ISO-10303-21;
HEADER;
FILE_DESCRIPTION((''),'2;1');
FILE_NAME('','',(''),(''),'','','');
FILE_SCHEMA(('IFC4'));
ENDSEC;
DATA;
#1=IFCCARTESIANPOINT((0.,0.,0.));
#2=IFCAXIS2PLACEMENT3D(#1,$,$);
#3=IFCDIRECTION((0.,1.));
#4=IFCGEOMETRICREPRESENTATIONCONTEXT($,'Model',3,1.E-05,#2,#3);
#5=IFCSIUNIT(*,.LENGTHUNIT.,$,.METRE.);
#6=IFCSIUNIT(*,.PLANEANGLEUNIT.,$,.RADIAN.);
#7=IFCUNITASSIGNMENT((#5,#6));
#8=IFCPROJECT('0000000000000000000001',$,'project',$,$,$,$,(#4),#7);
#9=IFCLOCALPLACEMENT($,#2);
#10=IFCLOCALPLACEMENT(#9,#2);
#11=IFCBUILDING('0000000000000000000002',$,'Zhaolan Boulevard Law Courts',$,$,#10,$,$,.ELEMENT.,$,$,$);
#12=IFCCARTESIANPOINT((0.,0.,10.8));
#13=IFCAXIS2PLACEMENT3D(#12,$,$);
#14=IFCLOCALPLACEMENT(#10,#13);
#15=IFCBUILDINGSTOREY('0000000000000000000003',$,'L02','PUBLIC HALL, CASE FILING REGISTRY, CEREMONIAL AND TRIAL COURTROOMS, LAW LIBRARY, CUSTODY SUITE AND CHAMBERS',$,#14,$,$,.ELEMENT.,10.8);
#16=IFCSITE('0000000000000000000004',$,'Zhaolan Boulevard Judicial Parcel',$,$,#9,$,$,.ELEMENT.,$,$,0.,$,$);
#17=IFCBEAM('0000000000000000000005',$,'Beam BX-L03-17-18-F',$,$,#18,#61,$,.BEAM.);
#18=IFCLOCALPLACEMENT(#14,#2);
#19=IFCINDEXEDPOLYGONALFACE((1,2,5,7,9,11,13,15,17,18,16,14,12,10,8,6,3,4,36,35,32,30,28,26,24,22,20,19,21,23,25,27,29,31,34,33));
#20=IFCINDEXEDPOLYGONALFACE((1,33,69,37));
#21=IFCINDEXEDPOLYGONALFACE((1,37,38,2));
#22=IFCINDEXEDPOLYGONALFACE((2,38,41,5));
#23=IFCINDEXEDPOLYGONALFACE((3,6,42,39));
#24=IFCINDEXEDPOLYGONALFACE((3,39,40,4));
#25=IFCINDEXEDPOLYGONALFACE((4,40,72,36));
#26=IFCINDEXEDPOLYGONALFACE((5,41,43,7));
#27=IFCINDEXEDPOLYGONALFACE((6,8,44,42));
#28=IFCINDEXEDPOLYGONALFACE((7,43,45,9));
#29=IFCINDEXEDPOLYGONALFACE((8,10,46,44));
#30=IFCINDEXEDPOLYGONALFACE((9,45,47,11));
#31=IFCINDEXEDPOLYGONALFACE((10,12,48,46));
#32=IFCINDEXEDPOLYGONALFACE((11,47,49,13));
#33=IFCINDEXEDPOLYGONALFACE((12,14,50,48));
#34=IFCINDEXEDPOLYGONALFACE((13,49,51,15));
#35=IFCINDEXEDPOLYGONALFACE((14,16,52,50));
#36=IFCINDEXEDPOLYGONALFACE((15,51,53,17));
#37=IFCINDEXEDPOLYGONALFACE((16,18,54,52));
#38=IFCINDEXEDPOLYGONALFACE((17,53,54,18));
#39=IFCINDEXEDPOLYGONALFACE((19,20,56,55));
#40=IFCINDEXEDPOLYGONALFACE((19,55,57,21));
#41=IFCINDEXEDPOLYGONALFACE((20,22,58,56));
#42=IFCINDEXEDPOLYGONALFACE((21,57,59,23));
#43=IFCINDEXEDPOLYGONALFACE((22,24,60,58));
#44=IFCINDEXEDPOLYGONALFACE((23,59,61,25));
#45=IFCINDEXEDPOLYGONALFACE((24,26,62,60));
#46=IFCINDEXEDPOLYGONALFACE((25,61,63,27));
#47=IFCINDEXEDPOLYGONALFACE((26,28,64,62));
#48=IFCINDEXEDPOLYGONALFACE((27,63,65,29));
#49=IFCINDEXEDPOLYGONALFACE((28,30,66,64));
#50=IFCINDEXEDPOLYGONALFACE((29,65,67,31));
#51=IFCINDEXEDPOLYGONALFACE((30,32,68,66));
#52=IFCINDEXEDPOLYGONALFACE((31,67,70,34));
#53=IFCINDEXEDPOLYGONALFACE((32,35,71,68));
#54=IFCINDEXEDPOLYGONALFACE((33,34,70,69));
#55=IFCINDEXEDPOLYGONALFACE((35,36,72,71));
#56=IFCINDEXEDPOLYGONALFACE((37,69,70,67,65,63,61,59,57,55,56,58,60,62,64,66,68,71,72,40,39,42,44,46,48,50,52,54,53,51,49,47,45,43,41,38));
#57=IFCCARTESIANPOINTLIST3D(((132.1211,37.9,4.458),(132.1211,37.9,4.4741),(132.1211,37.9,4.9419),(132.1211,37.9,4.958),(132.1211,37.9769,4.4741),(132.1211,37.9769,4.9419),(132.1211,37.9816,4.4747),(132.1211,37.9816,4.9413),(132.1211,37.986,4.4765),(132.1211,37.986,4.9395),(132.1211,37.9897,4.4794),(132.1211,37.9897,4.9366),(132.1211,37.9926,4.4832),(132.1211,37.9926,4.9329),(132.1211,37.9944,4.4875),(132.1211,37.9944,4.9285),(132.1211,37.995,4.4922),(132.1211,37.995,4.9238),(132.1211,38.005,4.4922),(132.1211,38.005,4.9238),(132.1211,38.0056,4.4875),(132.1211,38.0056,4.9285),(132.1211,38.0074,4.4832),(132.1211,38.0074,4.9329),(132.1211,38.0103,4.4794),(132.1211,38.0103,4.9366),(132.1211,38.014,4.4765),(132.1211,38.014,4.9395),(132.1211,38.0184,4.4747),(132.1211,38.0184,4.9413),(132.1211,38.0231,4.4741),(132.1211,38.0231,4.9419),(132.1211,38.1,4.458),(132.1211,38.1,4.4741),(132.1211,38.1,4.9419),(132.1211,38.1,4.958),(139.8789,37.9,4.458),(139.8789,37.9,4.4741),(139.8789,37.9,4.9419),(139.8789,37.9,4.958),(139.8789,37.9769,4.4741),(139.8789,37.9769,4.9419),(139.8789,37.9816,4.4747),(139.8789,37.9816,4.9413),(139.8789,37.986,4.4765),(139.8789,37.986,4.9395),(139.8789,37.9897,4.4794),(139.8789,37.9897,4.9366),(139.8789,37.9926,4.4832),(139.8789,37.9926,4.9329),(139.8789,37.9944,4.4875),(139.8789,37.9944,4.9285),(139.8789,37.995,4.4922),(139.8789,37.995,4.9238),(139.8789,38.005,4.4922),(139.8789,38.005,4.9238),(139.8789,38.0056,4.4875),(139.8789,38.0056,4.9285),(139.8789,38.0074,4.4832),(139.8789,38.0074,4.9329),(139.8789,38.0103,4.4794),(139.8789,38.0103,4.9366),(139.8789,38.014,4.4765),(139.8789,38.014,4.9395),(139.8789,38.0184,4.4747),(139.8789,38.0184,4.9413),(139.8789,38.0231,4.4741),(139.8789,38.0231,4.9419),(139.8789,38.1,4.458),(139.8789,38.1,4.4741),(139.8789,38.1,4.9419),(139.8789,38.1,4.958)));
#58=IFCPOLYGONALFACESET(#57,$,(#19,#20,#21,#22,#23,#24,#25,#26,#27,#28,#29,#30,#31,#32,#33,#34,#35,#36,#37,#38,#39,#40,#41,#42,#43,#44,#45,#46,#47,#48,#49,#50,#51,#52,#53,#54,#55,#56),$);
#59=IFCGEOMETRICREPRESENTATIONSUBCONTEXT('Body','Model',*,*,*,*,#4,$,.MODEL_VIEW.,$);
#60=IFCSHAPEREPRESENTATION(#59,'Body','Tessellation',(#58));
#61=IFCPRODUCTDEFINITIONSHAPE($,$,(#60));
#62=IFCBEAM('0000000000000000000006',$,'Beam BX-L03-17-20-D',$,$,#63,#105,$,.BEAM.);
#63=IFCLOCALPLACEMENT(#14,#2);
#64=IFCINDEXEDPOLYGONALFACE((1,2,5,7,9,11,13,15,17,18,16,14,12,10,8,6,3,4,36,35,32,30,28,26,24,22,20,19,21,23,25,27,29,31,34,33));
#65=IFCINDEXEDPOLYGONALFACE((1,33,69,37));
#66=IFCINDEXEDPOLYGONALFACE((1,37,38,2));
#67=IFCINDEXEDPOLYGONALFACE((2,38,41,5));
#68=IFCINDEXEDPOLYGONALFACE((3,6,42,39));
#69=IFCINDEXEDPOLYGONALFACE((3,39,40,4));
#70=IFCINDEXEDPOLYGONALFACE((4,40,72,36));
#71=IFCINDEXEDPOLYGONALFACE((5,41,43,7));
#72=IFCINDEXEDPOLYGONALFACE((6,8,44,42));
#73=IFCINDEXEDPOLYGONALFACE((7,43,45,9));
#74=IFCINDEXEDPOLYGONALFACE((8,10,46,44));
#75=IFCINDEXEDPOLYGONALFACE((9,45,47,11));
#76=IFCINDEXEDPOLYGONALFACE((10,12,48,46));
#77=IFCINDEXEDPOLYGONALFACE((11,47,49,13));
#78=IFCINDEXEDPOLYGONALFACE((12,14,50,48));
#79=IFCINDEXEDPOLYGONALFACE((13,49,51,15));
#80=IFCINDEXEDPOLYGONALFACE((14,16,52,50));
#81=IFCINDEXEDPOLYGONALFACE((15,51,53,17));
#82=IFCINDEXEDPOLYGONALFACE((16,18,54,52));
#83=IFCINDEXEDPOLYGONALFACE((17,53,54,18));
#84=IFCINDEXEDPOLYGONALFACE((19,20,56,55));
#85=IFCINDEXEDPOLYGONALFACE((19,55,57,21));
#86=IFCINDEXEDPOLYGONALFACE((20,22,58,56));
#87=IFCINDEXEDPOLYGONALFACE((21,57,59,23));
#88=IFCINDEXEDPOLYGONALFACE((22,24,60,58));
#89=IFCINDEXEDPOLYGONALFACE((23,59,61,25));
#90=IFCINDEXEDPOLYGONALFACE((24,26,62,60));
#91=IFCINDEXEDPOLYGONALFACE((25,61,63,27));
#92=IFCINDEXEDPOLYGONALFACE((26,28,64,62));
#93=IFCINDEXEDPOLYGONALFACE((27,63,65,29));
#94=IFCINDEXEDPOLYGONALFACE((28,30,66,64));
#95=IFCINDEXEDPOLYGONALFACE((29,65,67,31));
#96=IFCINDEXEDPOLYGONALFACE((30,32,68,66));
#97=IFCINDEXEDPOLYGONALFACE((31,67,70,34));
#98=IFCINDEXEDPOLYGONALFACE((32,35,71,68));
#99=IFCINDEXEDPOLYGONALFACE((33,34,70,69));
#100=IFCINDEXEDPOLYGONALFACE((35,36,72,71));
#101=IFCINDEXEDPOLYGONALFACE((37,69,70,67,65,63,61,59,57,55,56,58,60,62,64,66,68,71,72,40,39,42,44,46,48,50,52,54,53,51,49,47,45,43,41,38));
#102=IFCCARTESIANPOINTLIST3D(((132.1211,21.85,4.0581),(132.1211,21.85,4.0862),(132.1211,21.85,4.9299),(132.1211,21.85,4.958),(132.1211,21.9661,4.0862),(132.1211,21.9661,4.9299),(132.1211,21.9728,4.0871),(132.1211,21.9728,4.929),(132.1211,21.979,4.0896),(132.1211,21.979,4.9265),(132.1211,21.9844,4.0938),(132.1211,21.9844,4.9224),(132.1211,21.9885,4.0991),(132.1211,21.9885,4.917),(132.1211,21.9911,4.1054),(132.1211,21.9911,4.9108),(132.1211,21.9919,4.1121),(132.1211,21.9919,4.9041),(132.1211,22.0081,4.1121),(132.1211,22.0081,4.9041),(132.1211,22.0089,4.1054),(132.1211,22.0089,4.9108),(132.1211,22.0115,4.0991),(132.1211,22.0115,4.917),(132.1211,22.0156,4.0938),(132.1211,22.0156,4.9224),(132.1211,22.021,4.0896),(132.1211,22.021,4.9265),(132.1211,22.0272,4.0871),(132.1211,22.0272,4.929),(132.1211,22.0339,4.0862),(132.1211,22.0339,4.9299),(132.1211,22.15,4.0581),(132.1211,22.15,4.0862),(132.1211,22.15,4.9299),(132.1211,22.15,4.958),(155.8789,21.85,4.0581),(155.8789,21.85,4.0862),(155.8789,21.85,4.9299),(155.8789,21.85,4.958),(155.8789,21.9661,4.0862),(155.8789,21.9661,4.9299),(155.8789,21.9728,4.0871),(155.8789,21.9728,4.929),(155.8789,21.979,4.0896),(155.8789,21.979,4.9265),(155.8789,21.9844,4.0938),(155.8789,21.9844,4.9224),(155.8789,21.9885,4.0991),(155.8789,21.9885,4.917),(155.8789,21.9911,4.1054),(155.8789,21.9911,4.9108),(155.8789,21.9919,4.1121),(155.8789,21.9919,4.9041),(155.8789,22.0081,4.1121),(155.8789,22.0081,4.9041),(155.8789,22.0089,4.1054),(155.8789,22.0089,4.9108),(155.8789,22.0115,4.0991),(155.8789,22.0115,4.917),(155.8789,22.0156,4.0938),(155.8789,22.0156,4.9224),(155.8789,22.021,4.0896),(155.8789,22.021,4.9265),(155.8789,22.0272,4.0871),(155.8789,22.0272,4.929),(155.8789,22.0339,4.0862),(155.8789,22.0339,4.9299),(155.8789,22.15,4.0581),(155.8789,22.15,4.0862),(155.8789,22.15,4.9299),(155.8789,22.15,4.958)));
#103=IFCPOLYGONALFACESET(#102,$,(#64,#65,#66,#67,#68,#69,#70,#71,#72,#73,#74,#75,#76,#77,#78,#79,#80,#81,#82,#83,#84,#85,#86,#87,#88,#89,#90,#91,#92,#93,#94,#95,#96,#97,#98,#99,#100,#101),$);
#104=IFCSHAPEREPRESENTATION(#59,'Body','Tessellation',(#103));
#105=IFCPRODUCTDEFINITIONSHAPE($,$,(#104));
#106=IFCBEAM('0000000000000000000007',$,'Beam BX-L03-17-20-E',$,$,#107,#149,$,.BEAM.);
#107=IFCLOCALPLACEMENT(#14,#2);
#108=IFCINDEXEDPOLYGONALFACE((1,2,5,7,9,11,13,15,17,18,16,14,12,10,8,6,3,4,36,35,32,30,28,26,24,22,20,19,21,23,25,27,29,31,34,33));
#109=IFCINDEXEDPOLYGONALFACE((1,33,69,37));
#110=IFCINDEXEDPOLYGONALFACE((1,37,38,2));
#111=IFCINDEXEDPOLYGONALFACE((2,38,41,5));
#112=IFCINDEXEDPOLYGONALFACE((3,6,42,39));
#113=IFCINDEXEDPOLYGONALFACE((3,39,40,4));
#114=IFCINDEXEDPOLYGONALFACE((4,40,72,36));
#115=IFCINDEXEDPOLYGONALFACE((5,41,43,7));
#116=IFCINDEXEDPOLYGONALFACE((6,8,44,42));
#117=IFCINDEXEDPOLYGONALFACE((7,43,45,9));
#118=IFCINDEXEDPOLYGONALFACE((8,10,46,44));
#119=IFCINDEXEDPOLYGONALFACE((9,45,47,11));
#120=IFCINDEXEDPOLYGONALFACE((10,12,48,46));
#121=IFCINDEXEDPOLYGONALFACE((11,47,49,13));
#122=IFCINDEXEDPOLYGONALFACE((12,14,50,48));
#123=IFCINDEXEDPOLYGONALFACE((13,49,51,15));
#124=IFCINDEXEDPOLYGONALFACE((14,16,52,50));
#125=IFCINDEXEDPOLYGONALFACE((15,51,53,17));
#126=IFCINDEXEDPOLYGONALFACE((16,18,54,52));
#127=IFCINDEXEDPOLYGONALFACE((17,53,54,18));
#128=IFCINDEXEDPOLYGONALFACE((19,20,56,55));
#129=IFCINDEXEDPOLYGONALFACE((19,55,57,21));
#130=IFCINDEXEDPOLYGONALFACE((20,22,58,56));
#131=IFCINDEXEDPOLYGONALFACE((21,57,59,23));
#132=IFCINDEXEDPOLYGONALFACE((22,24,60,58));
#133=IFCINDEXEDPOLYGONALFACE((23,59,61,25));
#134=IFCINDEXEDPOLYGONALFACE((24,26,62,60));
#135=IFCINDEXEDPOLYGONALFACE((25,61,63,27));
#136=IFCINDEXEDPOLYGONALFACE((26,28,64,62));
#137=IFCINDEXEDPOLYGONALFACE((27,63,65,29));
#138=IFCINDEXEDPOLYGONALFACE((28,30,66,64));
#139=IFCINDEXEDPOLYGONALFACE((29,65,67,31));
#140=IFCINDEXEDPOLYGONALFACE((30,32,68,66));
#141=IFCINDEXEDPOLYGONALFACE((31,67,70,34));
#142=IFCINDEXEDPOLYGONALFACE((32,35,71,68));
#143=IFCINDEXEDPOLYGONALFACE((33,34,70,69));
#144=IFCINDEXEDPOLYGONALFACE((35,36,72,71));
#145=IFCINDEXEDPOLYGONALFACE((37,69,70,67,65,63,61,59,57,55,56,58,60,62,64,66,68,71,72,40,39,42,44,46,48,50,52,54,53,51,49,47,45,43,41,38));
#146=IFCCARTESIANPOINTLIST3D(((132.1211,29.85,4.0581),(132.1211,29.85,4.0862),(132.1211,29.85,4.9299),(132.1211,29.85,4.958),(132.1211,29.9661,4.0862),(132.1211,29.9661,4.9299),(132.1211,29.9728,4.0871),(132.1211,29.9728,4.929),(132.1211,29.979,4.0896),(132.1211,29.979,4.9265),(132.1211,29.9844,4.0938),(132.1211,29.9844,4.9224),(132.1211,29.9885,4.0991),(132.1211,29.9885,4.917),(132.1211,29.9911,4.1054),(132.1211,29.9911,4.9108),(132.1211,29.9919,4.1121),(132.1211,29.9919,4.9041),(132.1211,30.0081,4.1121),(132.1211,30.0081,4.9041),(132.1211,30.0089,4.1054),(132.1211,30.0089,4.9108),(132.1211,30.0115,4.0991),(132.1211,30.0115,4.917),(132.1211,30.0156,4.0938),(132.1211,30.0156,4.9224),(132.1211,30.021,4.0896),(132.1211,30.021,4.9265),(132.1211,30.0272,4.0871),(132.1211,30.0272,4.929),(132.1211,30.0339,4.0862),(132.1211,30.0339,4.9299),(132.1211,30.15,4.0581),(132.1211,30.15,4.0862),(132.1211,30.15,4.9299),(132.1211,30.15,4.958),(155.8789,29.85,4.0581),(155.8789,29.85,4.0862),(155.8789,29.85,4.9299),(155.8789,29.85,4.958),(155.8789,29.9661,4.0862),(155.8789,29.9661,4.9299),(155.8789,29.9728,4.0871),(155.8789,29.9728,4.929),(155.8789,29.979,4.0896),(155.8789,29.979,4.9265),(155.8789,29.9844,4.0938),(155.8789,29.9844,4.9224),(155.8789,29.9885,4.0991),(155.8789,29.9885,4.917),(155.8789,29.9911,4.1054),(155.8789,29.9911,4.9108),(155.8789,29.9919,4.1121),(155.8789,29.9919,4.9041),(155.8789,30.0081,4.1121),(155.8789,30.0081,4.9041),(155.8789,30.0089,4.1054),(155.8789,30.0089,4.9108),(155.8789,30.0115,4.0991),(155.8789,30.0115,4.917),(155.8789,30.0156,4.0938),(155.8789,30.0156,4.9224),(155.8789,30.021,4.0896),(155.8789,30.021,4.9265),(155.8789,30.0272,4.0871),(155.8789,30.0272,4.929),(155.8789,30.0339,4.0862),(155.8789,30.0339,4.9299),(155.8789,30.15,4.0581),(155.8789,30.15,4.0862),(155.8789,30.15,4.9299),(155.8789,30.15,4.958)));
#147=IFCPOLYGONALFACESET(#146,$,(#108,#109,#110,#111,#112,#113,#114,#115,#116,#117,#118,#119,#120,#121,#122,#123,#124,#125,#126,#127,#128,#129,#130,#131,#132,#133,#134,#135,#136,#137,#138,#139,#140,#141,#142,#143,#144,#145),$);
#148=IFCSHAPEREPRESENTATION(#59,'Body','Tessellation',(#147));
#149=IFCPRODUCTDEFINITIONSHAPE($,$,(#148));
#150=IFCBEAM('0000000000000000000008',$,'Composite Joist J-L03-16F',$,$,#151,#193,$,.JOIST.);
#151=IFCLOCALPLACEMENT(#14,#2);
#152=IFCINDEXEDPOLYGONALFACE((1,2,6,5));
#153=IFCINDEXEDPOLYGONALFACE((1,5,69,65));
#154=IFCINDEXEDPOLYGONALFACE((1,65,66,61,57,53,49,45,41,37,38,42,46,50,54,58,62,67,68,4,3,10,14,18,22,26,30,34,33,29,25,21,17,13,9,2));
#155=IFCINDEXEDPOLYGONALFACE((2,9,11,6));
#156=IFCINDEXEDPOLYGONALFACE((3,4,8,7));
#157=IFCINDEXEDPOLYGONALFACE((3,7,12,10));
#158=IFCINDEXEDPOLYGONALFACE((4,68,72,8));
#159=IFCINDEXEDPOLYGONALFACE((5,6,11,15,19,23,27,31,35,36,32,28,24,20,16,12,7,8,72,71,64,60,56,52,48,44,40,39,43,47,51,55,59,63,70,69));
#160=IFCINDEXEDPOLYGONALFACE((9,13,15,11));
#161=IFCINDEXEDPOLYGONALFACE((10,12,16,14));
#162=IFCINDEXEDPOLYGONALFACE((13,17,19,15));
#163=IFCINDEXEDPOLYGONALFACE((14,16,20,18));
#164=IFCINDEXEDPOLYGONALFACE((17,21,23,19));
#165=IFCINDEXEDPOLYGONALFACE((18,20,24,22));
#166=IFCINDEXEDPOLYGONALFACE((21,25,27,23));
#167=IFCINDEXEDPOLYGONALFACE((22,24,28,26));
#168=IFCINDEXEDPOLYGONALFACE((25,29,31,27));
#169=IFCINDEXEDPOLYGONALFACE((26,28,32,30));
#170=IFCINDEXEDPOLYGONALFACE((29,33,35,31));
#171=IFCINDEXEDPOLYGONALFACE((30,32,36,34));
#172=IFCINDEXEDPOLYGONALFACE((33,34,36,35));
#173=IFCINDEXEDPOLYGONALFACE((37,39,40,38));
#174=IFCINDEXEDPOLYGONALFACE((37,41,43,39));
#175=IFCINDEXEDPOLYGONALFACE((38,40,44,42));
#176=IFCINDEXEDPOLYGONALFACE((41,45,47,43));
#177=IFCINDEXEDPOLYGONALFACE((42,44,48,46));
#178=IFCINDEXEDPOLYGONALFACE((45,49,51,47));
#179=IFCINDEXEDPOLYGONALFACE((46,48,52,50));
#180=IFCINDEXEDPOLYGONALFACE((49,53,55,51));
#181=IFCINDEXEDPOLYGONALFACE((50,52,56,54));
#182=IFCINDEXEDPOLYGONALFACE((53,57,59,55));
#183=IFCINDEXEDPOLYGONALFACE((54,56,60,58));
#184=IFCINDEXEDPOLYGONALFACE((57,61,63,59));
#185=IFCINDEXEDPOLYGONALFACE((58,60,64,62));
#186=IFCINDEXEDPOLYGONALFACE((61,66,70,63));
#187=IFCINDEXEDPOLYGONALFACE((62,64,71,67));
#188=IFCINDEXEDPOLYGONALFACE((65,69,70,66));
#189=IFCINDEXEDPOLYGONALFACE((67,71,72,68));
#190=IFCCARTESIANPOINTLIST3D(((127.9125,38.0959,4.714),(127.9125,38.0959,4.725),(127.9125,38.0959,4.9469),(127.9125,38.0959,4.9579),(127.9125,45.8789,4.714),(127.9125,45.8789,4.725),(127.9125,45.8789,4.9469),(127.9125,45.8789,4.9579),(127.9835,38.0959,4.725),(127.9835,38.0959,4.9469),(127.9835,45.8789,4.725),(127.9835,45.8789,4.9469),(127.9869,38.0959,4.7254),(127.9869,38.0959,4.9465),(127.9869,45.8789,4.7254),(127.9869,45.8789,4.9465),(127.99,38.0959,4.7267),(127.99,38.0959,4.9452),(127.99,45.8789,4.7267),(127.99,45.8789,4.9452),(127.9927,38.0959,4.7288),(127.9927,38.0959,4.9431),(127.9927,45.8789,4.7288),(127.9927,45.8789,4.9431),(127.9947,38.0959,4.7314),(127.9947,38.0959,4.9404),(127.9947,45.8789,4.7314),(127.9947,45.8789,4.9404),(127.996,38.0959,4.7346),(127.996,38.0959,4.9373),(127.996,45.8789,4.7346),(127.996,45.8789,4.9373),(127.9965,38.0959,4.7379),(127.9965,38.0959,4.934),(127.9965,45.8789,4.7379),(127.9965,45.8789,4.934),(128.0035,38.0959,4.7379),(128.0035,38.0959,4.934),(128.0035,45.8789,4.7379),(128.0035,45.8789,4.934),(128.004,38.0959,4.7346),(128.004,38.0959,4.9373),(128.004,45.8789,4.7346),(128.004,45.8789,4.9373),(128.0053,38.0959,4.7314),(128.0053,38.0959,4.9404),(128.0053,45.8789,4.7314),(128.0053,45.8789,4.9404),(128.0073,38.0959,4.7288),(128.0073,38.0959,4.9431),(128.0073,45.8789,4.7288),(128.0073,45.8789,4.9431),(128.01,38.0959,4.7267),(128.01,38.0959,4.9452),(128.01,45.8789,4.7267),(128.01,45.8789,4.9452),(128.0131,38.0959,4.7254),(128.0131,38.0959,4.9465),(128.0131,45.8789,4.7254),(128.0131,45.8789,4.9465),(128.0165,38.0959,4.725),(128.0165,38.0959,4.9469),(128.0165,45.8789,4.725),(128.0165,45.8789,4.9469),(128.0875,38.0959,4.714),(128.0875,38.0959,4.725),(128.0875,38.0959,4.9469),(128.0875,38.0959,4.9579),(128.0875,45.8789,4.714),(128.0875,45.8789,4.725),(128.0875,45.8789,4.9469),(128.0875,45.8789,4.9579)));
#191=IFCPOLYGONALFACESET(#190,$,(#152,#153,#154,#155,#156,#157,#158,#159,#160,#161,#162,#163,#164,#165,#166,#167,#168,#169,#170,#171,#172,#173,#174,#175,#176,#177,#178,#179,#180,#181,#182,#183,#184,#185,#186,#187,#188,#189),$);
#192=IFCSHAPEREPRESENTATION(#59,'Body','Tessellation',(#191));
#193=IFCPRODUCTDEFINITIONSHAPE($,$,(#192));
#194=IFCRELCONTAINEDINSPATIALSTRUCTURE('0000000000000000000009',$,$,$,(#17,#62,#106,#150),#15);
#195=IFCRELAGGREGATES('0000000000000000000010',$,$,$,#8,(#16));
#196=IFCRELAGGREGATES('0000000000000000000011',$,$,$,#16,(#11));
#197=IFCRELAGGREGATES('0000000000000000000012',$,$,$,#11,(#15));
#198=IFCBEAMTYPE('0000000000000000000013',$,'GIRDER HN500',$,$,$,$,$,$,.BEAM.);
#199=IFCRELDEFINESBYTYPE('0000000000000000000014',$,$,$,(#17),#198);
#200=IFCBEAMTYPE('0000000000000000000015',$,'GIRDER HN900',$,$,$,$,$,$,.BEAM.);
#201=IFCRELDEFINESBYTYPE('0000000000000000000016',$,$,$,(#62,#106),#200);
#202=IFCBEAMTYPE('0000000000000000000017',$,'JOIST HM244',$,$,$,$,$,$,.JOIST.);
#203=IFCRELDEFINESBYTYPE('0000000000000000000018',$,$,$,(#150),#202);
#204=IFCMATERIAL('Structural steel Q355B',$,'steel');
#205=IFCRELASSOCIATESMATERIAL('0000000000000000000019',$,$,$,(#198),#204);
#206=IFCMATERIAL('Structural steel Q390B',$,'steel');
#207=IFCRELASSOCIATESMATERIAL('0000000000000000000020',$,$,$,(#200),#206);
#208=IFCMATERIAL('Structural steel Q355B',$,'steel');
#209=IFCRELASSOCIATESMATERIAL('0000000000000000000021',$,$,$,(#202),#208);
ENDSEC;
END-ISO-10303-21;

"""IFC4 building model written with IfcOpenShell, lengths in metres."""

from ifc_helpers import new_model, si_unit, direction, frame, origin, origin_2d, place, context, subcontext, project, spatial, i_section, extrude, material, material_profile, profile_set, type_object, element, save


model = new_model("IFC4")

# Units and contexts
model_context = context("Model", 3, precision=1e-05, world=origin(), true_north=direction((0.0, 1.0)))
body_context = subcontext(model_context, "Body", "Model", "MODEL_VIEW")
ifc_project = project(units=[si_unit("LENGTHUNIT", "METRE"), si_unit("PLANEANGLEUNIT", "RADIAN")], contexts=[model_context])

# Site, building, storey
site_placement = place(None, origin())
site = spatial("IfcSite", under=ifc_project, at=site_placement, Name="Zhaolan Boulevard Judicial Parcel", CompositionType="ELEMENT", RefElevation=0.0)
building_placement = place(site_placement, origin())
building = spatial("IfcBuilding", under=site, at=building_placement, Name="Zhaolan Boulevard Law Courts", CompositionType="ELEMENT")
storey_placement = place(building_placement, frame((0.0, 0.0, 10.8)))
storey = spatial("IfcBuildingStorey", under=building, at=storey_placement, Name="L02", Description="PUBLIC HALL, CASE FILING REGISTRY, CEREMONIAL AND TRIAL COURTROOMS, LAW LIBRARY, CUSTODY SUITE AND CHAMBERS", CompositionType="ELEMENT", Elevation=10.8)

# Beams
ifc_material_1 = material(Name="Structural steel Q355B", Category="steel")
ifc_material_profile_1 = material_profile(ifc_material_1, i_section(OverallWidth=0.2, OverallDepth=0.5, WebThickness=0.01, FlangeThickness=0.0161, FilletRadius=0.0181, at=origin_2d()), Name="HN500x200")
ifc_profile_set_1 = profile_set([ifc_material_profile_1], Name="Structural steel Q355B")
beam_type_1 = type_object("IfcBeamType", Name="GIRDER HN500", PredefinedType="BEAM", material=ifc_profile_set_1)
beam_1_placement = place(storey_placement, frame((132.1211, 38.0, 4.708), z_axis=(1.0, 0.0, 0.0), x_axis=(0.0, 1.0, 0.0)))
element("IfcBeam", 1, at=beam_1_placement, inside=storey, type_object=beam_type_1, Name="Beam BX-L03-17-18-F", PredefinedType="BEAM", context=body_context, shape_type="SweptSolid", body=[
    extrude(i_section(OverallWidth=0.2, OverallDepth=0.5, WebThickness=0.01, FlangeThickness=0.0161, FilletRadius=0.0181, at=origin_2d()), origin(), (0.0, 0.0, 1.0), 7.7578),
])
ifc_material_2 = material(Name="Structural steel Q390B", Category="steel")
ifc_material_profile_2 = material_profile(ifc_material_2, i_section(OverallWidth=0.3, OverallDepth=0.8999, WebThickness=0.0161, FlangeThickness=0.0281, FilletRadius=0.0259, at=origin_2d()), Name="HN900x300")
ifc_profile_set_2 = profile_set([ifc_material_profile_2], Name="Structural steel Q390B")
beam_type_2 = type_object("IfcBeamType", Name="GIRDER HN900", PredefinedType="BEAM", material=ifc_profile_set_2)
for number, where, z_axis, x_axis, name in (
    (2, (132.1211, 22.0, 4.5081), (1.0, 0.0, 0.0), (0.0, 1.0, 0.0), "Beam BX-L03-17-20-D"),
    (3, (132.1211, 30.0, 4.5081), (1.0, 0.0, 0.0), (0.0, 1.0, 0.0), "Beam BX-L03-17-20-E"),
):
    element("IfcBeam", number, at=place(storey_placement, frame(where, z_axis=z_axis, x_axis=x_axis)), inside=storey, type_object=beam_type_2, Name=name, PredefinedType="BEAM", context=body_context, shape_type="SweptSolid", body=[
        extrude(i_section(OverallWidth=0.3, OverallDepth=0.8999, WebThickness=0.0161, FlangeThickness=0.0281, FilletRadius=0.0259, at=origin_2d()), origin(), (0.0, 0.0, 1.0), 23.7578),
    ])
ifc_material_3 = material(Name="Structural steel Q355B", Category="steel")
ifc_material_profile_3 = material_profile(ifc_material_3, i_section(OverallWidth=0.175, OverallDepth=0.2439, WebThickness=0.0071, FlangeThickness=0.011, FilletRadius=0.0129, at=origin_2d()), Name="HM244x175")
ifc_profile_set_3 = profile_set([ifc_material_profile_3], Name="Structural steel Q355B")
beam_type_3 = type_object("IfcBeamType", Name="JOIST HM244", PredefinedType="JOIST", material=ifc_profile_set_3)
beam_2_placement = place(storey_placement, frame((128.0, 38.0959, 4.8359), z_axis=(0.0, 1.0, 0.0), x_axis=(-1.0, 0.0, 0.0)))
element("IfcBeam", 4, at=beam_2_placement, inside=storey, type_object=beam_type_3, Name="Composite Joist J-L03-16F", PredefinedType="JOIST", context=body_context, shape_type="SweptSolid", body=[
    extrude(i_section(OverallWidth=0.175, OverallDepth=0.2439, WebThickness=0.0071, FlangeThickness=0.011, FilletRadius=0.0129, at=origin_2d()), origin(), (0.0, 0.0, 1.0), 7.783),
])

save(model, "model.ifc")
